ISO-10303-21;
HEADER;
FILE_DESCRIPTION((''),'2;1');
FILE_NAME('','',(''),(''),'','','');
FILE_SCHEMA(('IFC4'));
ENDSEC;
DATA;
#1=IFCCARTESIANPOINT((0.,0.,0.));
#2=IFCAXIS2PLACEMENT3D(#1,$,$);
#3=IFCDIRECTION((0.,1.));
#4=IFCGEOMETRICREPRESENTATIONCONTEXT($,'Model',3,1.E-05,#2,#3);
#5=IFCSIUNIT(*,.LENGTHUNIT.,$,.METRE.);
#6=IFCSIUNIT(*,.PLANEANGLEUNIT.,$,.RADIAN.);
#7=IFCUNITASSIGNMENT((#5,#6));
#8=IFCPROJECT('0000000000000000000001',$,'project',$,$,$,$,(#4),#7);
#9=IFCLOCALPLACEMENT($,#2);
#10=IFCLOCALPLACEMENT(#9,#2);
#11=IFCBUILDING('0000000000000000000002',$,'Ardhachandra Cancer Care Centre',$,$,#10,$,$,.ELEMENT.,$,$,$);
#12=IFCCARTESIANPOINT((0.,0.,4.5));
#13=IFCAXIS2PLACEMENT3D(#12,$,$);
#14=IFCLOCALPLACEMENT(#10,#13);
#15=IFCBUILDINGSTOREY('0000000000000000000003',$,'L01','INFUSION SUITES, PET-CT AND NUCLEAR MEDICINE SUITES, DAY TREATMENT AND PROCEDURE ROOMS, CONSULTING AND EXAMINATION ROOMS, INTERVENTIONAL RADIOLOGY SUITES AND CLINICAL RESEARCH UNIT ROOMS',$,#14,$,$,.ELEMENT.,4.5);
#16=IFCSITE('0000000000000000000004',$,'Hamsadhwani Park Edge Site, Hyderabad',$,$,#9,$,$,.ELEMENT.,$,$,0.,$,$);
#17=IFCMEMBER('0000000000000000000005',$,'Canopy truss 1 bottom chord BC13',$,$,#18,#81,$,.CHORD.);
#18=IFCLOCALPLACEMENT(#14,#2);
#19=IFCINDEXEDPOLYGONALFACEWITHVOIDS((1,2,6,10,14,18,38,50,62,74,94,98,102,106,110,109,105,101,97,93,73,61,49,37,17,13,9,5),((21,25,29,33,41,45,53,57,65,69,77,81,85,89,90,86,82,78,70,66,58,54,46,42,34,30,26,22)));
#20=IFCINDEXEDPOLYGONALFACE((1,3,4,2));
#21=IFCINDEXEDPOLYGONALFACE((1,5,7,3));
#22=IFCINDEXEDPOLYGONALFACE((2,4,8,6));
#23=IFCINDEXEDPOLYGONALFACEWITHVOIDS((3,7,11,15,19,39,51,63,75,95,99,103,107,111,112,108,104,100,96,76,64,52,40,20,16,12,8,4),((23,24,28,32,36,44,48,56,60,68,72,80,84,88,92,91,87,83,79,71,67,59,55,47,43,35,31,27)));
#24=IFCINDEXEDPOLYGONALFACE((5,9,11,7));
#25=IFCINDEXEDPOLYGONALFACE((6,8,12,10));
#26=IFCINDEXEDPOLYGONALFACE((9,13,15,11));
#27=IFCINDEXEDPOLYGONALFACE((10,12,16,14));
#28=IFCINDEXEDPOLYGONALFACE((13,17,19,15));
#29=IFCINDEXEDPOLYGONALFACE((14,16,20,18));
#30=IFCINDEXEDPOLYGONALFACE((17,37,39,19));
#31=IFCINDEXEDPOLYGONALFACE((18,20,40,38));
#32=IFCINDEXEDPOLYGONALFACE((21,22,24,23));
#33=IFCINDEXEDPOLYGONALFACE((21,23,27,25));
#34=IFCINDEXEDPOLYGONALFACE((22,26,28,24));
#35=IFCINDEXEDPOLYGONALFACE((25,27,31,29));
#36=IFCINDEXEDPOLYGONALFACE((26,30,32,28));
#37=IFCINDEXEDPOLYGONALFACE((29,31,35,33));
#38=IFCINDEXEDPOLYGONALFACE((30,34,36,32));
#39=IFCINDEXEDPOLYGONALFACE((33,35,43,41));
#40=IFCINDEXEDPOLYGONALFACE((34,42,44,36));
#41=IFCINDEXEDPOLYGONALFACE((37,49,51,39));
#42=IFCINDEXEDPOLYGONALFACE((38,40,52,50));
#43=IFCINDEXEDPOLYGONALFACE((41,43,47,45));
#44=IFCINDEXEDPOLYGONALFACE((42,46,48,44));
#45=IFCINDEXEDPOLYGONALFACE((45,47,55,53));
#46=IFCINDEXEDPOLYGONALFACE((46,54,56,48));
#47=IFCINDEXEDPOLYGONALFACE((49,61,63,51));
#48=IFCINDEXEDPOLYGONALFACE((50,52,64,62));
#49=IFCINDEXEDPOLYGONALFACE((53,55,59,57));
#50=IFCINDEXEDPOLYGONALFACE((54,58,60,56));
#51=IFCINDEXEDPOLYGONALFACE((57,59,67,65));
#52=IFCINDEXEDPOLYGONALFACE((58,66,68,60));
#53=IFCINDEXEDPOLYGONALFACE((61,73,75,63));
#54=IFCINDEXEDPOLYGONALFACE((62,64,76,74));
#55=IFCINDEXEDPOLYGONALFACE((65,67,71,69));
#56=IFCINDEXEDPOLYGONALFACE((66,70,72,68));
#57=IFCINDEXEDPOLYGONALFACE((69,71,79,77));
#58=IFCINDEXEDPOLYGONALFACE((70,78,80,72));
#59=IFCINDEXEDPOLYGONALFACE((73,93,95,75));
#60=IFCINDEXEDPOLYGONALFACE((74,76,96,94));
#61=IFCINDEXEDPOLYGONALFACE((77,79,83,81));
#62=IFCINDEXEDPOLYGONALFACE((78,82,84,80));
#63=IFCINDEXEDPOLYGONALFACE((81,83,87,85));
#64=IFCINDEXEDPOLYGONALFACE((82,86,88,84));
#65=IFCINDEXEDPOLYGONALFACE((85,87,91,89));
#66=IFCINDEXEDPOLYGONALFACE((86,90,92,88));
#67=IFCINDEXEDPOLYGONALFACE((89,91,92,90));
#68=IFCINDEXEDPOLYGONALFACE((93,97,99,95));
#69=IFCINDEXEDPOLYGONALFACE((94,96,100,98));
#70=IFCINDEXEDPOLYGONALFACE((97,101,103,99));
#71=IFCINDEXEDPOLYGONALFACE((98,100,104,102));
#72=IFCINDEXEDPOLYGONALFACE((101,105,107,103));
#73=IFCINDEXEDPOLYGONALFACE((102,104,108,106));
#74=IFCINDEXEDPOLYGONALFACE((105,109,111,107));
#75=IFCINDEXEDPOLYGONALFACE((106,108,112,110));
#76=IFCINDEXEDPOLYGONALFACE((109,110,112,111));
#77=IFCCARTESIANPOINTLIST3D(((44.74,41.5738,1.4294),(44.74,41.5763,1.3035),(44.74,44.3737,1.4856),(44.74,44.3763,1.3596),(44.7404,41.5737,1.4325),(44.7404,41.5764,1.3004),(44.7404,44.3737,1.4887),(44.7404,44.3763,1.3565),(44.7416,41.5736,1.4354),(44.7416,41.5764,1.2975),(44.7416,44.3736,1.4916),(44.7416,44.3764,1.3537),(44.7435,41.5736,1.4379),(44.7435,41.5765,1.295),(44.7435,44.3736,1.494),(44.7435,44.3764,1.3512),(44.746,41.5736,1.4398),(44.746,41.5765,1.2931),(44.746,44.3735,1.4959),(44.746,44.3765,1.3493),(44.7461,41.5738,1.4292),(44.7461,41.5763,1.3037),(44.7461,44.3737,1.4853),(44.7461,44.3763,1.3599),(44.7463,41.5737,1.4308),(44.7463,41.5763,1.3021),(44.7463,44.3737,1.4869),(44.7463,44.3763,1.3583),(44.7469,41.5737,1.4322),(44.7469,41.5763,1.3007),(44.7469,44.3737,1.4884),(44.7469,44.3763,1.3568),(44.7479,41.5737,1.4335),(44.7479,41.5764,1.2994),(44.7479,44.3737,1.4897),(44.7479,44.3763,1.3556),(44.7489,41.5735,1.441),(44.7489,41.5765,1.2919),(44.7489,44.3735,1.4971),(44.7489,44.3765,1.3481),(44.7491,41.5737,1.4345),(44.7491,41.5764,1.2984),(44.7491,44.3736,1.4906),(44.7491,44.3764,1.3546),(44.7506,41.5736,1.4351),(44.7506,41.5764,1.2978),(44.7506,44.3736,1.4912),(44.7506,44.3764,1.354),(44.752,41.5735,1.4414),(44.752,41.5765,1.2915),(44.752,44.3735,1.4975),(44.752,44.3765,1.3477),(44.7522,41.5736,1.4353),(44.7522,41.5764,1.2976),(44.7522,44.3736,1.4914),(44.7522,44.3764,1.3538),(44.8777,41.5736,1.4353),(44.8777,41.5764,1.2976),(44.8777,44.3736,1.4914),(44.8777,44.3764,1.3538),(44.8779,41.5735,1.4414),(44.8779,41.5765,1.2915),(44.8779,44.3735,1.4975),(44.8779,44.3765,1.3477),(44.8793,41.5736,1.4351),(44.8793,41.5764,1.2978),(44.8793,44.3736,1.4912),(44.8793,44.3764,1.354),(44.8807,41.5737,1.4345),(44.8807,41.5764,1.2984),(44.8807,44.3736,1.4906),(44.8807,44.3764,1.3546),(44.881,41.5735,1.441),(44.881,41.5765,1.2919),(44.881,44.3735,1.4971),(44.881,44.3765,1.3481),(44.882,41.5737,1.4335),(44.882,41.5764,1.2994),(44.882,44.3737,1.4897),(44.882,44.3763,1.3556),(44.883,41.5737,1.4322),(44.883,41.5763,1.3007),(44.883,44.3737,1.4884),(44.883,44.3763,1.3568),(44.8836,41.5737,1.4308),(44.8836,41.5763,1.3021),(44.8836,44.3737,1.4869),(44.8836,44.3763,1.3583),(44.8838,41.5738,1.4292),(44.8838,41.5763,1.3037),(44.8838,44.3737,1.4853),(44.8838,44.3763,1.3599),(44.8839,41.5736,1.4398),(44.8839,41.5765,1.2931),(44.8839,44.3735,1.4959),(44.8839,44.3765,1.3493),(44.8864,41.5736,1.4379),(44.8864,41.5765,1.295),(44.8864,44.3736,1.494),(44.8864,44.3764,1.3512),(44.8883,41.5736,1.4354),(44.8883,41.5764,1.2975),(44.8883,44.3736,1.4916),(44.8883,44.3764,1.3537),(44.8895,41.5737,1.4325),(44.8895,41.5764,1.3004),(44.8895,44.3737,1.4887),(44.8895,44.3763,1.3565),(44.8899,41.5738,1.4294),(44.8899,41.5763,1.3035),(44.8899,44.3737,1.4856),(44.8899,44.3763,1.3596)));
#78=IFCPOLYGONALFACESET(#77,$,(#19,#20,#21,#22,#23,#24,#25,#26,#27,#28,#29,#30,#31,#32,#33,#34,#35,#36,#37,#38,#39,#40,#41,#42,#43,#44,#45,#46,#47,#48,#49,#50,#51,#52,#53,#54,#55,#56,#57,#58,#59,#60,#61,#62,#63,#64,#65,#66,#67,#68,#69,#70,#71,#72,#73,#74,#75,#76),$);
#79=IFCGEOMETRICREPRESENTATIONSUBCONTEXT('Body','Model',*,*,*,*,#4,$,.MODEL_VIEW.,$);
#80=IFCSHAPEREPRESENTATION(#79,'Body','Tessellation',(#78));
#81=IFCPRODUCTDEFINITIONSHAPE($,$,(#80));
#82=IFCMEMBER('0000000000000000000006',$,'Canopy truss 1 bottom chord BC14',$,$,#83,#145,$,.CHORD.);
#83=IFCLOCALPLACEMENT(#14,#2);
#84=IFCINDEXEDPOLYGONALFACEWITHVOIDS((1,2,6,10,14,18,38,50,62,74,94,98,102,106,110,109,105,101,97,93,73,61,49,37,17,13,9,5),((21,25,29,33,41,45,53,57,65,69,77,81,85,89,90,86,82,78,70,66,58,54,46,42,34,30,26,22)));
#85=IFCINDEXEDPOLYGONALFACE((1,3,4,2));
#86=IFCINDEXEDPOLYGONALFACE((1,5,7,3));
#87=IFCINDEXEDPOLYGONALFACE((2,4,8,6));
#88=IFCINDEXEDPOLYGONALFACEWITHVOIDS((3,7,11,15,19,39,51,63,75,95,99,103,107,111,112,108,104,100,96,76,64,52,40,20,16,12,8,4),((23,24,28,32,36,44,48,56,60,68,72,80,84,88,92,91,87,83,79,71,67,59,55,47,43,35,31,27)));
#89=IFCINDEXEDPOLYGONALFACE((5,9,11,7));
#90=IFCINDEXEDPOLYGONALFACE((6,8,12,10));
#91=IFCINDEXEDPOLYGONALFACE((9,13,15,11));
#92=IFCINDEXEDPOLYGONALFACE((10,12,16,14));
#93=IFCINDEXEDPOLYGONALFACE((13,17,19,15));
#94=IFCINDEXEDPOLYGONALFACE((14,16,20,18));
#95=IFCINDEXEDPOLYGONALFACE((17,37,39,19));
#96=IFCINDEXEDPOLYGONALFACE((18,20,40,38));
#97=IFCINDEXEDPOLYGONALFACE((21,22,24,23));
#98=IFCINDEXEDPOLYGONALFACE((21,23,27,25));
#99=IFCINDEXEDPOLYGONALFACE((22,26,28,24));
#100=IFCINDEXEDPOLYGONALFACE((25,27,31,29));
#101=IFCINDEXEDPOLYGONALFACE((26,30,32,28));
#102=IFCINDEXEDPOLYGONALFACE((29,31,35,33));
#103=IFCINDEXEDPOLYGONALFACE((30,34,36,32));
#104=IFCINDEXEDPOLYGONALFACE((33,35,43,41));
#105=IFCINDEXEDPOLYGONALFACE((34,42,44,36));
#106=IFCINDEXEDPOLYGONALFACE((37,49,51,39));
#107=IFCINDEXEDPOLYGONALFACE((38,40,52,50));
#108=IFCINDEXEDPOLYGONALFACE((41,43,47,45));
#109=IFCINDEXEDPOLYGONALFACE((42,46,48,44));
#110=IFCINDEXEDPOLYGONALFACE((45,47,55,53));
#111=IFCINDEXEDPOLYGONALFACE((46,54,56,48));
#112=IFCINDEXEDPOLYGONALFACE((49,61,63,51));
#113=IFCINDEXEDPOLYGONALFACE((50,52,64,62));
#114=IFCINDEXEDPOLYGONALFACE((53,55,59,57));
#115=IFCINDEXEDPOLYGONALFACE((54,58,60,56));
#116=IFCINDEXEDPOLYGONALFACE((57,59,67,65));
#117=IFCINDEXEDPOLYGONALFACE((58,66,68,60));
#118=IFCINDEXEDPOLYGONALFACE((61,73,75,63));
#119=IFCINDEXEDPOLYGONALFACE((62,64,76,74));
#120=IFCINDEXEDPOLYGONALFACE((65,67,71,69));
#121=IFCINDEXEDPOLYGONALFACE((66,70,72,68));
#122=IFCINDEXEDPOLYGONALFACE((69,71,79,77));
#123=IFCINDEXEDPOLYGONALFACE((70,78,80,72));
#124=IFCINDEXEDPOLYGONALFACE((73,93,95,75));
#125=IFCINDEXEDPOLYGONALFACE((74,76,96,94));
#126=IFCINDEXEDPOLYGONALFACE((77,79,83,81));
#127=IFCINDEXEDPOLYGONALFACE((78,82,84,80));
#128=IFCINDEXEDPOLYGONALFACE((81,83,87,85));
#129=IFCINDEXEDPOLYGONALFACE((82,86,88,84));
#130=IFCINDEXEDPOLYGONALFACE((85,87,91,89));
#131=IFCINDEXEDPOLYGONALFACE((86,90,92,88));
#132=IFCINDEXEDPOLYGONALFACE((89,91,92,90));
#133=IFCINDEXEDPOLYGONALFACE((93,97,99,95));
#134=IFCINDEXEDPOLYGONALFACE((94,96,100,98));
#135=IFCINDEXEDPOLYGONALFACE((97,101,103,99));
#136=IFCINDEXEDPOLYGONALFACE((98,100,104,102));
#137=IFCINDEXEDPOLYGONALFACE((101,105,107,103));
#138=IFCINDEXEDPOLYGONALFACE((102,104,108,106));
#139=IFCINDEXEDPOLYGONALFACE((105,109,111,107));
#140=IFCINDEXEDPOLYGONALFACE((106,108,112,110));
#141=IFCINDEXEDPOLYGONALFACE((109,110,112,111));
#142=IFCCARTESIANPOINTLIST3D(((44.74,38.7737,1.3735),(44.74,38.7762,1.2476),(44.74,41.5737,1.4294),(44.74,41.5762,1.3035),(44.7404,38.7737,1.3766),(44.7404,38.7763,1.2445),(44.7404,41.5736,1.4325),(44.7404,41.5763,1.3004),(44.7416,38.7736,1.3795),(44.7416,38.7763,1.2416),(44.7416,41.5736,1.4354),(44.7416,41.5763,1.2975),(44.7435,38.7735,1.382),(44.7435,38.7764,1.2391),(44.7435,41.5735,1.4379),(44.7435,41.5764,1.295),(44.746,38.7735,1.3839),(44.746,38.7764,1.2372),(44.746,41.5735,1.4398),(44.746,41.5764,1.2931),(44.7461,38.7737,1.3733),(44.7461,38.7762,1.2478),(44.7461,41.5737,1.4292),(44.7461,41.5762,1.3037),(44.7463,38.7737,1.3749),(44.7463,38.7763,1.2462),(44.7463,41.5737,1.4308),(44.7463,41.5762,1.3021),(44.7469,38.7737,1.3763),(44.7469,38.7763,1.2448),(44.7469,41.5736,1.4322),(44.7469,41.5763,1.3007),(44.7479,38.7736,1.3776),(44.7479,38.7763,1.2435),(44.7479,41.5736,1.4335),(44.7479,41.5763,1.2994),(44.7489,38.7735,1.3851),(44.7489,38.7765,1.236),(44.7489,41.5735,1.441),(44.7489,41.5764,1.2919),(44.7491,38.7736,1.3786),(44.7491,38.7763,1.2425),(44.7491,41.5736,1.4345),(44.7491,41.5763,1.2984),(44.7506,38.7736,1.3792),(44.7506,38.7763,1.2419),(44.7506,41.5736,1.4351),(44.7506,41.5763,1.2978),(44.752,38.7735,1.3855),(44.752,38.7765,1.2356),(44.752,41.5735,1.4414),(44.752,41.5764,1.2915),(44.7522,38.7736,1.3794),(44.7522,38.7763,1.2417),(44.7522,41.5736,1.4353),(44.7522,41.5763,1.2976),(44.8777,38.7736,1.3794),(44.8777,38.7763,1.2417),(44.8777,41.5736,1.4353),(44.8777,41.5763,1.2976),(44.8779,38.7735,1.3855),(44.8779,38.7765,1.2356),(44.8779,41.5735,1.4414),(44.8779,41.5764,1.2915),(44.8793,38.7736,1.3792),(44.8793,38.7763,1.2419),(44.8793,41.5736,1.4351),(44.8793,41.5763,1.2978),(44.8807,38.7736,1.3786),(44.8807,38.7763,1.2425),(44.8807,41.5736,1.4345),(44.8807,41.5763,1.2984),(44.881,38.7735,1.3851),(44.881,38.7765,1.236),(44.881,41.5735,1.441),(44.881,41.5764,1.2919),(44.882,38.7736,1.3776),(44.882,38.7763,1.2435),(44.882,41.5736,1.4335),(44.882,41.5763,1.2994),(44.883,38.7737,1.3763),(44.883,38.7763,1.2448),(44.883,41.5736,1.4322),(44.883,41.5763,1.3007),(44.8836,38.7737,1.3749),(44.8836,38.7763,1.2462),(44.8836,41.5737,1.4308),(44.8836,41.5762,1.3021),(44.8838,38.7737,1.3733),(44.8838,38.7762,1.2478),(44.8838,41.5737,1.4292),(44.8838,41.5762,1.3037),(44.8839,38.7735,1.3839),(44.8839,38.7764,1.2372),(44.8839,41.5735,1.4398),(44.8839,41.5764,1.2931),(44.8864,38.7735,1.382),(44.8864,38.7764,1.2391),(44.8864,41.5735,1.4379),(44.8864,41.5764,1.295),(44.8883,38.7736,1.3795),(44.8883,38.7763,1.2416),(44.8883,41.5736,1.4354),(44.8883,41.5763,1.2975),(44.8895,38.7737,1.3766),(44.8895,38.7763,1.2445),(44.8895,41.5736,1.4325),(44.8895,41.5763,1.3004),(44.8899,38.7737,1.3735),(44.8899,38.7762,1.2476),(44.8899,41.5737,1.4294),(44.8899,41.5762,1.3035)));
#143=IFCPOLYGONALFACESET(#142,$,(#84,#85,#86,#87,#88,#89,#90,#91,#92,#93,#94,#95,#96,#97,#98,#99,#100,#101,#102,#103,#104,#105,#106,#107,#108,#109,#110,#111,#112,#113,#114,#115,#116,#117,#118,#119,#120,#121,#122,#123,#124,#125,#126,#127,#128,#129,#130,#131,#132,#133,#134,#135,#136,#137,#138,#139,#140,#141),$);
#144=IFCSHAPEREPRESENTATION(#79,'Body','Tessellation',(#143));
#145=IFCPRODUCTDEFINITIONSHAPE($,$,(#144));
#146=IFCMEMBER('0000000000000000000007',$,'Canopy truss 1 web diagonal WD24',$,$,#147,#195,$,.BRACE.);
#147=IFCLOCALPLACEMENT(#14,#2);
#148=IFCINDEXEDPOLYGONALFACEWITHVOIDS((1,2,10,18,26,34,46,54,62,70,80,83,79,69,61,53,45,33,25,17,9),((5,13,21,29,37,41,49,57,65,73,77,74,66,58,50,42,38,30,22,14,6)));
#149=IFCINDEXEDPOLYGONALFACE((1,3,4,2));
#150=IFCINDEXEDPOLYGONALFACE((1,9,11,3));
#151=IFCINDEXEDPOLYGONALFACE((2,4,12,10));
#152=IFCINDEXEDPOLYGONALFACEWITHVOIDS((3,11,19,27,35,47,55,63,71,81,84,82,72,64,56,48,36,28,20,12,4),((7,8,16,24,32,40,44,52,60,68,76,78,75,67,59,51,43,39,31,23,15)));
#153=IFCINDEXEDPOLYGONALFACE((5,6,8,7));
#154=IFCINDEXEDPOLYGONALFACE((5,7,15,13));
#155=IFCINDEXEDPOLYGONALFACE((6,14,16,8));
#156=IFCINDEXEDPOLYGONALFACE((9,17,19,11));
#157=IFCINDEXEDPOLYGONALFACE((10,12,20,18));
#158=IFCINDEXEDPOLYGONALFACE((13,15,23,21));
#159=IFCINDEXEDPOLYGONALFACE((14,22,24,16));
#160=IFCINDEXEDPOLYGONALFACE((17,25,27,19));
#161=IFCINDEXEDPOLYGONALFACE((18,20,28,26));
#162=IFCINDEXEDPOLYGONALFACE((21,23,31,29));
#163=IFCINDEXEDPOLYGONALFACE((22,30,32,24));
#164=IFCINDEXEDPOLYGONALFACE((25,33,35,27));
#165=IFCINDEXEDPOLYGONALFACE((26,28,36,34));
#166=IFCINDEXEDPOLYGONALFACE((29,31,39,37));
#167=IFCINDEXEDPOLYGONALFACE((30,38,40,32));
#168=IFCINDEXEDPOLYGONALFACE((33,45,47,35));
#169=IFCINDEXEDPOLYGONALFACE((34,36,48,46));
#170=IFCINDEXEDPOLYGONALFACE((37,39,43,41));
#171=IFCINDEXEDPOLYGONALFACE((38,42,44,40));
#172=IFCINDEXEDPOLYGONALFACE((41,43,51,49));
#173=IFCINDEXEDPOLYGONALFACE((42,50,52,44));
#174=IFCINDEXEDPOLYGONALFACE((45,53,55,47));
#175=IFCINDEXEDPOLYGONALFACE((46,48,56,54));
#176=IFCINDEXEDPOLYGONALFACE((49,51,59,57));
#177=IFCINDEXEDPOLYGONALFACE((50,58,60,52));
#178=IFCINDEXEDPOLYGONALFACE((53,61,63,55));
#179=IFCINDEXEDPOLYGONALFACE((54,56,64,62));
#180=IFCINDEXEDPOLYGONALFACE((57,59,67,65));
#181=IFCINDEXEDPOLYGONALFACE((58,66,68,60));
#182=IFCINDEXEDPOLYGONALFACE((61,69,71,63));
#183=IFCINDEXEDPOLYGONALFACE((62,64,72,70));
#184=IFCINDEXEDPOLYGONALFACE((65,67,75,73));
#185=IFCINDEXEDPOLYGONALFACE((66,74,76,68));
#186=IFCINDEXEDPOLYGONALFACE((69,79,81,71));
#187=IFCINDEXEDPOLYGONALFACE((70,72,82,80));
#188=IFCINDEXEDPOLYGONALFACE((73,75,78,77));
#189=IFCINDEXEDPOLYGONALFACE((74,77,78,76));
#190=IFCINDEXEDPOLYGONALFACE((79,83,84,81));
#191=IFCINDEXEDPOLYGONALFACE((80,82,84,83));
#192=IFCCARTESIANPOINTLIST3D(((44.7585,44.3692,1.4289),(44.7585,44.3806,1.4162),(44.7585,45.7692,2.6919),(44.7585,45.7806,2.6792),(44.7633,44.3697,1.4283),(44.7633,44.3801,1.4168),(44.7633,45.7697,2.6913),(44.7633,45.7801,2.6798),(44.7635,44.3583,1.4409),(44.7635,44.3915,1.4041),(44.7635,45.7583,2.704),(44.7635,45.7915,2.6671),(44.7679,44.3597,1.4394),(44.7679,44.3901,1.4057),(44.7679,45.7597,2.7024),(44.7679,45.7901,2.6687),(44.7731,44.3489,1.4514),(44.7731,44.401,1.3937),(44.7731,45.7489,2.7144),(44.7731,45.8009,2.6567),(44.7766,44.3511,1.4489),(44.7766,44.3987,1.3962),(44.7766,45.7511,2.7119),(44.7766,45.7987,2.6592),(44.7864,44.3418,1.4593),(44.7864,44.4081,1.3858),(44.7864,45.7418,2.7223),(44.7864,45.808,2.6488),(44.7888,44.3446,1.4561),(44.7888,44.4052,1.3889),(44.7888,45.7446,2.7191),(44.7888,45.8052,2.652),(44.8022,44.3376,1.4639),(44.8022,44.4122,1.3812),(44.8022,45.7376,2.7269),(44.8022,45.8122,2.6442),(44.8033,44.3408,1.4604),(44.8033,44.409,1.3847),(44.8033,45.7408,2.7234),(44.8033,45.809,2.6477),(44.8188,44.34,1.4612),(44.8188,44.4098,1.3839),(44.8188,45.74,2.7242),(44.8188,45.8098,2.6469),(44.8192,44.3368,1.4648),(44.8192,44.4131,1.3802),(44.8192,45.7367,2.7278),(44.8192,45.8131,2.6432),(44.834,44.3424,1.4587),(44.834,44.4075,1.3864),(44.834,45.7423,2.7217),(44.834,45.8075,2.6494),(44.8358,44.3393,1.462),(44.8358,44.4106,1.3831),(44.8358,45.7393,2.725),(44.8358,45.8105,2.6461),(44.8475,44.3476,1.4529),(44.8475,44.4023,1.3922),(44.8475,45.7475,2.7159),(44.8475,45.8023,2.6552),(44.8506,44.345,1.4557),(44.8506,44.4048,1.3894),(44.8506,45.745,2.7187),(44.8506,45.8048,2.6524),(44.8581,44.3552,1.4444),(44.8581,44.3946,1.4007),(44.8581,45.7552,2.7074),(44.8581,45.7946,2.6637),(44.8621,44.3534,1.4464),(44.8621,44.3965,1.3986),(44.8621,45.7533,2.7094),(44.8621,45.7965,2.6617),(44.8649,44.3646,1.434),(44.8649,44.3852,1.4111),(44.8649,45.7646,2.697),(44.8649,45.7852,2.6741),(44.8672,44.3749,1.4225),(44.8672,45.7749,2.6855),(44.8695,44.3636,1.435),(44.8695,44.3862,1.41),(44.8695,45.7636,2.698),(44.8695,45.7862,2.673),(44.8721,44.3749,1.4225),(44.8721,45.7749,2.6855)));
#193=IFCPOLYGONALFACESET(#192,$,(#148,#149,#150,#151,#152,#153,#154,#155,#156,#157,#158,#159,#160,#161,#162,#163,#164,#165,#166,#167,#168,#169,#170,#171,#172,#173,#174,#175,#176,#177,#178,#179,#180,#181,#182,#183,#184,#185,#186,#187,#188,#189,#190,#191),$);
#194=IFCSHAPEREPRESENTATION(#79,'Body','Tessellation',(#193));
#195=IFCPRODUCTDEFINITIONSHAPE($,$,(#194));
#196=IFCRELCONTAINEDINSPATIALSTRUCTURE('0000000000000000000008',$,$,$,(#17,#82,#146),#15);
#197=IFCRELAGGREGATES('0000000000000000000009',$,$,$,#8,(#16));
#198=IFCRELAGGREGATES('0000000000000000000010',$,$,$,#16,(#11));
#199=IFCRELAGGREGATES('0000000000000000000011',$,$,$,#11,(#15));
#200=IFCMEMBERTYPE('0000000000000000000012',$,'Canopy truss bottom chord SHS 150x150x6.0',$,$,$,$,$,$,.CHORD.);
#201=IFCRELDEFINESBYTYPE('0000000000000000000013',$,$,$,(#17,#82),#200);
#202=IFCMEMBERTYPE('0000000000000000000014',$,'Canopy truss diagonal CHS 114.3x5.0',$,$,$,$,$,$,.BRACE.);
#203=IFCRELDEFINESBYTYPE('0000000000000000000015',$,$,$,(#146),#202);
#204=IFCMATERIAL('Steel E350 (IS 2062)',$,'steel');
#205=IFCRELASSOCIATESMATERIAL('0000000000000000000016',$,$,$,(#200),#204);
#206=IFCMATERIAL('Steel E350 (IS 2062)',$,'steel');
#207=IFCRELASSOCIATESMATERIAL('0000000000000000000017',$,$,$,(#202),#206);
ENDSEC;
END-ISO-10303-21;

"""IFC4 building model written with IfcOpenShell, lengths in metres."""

from ifc_helpers import new_model, si_unit, direction, frame, origin, origin_2d, place, context, subcontext, project, spatial, hollow_rectangle, hollow_circle, extrude, material, material_profile, profile_set, type_object, element, save


model = new_model("IFC4")

# Units and contexts
model_context = context("Model", 3, precision=1e-05, world=origin(), true_north=direction((0.0, 1.0)))
body_context = subcontext(model_context, "Body", "Model", "MODEL_VIEW")
ifc_project = project(units=[si_unit("LENGTHUNIT", "METRE"), si_unit("PLANEANGLEUNIT", "RADIAN")], contexts=[model_context])

# Site, building, storey
site_placement = place(None, origin())
site = spatial("IfcSite", under=ifc_project, at=site_placement, Name="Hamsadhwani Park Edge Site, Hyderabad", CompositionType="ELEMENT", RefElevation=0.0)
building_placement = place(site_placement, origin())
building = spatial("IfcBuilding", under=site, at=building_placement, Name="Ardhachandra Cancer Care Centre", CompositionType="ELEMENT")
storey_placement = place(building_placement, frame((0.0, 0.0, 4.5)))
storey = spatial("IfcBuildingStorey", under=building, at=storey_placement, Name="L01", Description="INFUSION SUITES, PET-CT AND NUCLEAR MEDICINE SUITES, DAY TREATMENT AND PROCEDURE ROOMS, CONSULTING AND EXAMINATION ROOMS, INTERVENTIONAL RADIOLOGY SUITES AND CLINICAL RESEARCH UNIT ROOMS", CompositionType="ELEMENT", Elevation=4.5)

# Members
ifc_material_1 = material(Name="Steel E350 (IS 2062)", Category="steel")
ifc_material_profile_1 = material_profile(ifc_material_1, hollow_rectangle(XDim=0.1499, YDim=0.1499, WallThickness=0.0061, InnerFilletRadius=0.0061, OuterFilletRadius=0.012, at=origin_2d()), Name="SHS 150x150x6.0")
ifc_profile_set_1 = profile_set([ifc_material_profile_1], Name="Steel E350 (IS 2062)")
member_type_1 = type_object("IfcMemberType", Name="Canopy truss bottom chord SHS 150x150x6.0", PredefinedType="CHORD", material=ifc_profile_set_1)
for number, where, z_axis, x_axis, name in (
    (1, (44.8149, 44.375, 1.4226), (0.0, -0.999799, -0.02005), (1.0, 0.0, 0.0), "Canopy truss 1 bottom chord BC13"),
    (2, (44.8149, 41.575, 1.3665), (0.0, -0.999801, -0.019963), (1.0, 0.0, 0.0), "Canopy truss 1 bottom chord BC14"),
):
    element("IfcMember", number, at=place(storey_placement, frame(where, z_axis=z_axis, x_axis=x_axis)), inside=storey, type_object=member_type_1, Name=name, PredefinedType="CHORD", context=body_context, shape_type="SweptSolid", body=[
        extrude(hollow_rectangle(XDim=0.1499, YDim=0.1499, WallThickness=0.0061, InnerFilletRadius=0.0061, OuterFilletRadius=0.012, at=origin_2d()), origin(), (0.0, 0.0, 1.0), 2.8005),
    ])
ifc_material_2 = material(Name="Steel E350 (IS 2062)", Category="steel")
ifc_material_profile_2 = material_profile(ifc_material_2, hollow_circle(Radius=0.0571, WallThickness=0.0049, at=origin_2d()), Name="CHS 114.3x5.0")
ifc_profile_set_2 = profile_set([ifc_material_profile_2], Name="Steel E350 (IS 2062)")
member_type_2 = type_object("IfcMemberType", Name="Canopy truss diagonal CHS 114.3x5.0", PredefinedType="BRACE", material=ifc_profile_set_2)
member_1_placement = place(storey_placement, frame((44.8149, 45.7749, 2.6855), z_axis=(0.0, -0.742495, -0.669851), x_axis=(1.0, 0.0, 0.0)))
element("IfcMember", 3, at=member_1_placement, inside=storey, type_object=member_type_2, Name="Canopy truss 1 web diagonal WD24", PredefinedType="BRACE", context=body_context, shape_type="SweptSolid", body=[
    extrude(hollow_circle(Radius=0.0571, WallThickness=0.0049, at=origin_2d()), origin(), (0.0, 0.0, 1.0), 1.8855),
])

save(model, "model.ifc")
